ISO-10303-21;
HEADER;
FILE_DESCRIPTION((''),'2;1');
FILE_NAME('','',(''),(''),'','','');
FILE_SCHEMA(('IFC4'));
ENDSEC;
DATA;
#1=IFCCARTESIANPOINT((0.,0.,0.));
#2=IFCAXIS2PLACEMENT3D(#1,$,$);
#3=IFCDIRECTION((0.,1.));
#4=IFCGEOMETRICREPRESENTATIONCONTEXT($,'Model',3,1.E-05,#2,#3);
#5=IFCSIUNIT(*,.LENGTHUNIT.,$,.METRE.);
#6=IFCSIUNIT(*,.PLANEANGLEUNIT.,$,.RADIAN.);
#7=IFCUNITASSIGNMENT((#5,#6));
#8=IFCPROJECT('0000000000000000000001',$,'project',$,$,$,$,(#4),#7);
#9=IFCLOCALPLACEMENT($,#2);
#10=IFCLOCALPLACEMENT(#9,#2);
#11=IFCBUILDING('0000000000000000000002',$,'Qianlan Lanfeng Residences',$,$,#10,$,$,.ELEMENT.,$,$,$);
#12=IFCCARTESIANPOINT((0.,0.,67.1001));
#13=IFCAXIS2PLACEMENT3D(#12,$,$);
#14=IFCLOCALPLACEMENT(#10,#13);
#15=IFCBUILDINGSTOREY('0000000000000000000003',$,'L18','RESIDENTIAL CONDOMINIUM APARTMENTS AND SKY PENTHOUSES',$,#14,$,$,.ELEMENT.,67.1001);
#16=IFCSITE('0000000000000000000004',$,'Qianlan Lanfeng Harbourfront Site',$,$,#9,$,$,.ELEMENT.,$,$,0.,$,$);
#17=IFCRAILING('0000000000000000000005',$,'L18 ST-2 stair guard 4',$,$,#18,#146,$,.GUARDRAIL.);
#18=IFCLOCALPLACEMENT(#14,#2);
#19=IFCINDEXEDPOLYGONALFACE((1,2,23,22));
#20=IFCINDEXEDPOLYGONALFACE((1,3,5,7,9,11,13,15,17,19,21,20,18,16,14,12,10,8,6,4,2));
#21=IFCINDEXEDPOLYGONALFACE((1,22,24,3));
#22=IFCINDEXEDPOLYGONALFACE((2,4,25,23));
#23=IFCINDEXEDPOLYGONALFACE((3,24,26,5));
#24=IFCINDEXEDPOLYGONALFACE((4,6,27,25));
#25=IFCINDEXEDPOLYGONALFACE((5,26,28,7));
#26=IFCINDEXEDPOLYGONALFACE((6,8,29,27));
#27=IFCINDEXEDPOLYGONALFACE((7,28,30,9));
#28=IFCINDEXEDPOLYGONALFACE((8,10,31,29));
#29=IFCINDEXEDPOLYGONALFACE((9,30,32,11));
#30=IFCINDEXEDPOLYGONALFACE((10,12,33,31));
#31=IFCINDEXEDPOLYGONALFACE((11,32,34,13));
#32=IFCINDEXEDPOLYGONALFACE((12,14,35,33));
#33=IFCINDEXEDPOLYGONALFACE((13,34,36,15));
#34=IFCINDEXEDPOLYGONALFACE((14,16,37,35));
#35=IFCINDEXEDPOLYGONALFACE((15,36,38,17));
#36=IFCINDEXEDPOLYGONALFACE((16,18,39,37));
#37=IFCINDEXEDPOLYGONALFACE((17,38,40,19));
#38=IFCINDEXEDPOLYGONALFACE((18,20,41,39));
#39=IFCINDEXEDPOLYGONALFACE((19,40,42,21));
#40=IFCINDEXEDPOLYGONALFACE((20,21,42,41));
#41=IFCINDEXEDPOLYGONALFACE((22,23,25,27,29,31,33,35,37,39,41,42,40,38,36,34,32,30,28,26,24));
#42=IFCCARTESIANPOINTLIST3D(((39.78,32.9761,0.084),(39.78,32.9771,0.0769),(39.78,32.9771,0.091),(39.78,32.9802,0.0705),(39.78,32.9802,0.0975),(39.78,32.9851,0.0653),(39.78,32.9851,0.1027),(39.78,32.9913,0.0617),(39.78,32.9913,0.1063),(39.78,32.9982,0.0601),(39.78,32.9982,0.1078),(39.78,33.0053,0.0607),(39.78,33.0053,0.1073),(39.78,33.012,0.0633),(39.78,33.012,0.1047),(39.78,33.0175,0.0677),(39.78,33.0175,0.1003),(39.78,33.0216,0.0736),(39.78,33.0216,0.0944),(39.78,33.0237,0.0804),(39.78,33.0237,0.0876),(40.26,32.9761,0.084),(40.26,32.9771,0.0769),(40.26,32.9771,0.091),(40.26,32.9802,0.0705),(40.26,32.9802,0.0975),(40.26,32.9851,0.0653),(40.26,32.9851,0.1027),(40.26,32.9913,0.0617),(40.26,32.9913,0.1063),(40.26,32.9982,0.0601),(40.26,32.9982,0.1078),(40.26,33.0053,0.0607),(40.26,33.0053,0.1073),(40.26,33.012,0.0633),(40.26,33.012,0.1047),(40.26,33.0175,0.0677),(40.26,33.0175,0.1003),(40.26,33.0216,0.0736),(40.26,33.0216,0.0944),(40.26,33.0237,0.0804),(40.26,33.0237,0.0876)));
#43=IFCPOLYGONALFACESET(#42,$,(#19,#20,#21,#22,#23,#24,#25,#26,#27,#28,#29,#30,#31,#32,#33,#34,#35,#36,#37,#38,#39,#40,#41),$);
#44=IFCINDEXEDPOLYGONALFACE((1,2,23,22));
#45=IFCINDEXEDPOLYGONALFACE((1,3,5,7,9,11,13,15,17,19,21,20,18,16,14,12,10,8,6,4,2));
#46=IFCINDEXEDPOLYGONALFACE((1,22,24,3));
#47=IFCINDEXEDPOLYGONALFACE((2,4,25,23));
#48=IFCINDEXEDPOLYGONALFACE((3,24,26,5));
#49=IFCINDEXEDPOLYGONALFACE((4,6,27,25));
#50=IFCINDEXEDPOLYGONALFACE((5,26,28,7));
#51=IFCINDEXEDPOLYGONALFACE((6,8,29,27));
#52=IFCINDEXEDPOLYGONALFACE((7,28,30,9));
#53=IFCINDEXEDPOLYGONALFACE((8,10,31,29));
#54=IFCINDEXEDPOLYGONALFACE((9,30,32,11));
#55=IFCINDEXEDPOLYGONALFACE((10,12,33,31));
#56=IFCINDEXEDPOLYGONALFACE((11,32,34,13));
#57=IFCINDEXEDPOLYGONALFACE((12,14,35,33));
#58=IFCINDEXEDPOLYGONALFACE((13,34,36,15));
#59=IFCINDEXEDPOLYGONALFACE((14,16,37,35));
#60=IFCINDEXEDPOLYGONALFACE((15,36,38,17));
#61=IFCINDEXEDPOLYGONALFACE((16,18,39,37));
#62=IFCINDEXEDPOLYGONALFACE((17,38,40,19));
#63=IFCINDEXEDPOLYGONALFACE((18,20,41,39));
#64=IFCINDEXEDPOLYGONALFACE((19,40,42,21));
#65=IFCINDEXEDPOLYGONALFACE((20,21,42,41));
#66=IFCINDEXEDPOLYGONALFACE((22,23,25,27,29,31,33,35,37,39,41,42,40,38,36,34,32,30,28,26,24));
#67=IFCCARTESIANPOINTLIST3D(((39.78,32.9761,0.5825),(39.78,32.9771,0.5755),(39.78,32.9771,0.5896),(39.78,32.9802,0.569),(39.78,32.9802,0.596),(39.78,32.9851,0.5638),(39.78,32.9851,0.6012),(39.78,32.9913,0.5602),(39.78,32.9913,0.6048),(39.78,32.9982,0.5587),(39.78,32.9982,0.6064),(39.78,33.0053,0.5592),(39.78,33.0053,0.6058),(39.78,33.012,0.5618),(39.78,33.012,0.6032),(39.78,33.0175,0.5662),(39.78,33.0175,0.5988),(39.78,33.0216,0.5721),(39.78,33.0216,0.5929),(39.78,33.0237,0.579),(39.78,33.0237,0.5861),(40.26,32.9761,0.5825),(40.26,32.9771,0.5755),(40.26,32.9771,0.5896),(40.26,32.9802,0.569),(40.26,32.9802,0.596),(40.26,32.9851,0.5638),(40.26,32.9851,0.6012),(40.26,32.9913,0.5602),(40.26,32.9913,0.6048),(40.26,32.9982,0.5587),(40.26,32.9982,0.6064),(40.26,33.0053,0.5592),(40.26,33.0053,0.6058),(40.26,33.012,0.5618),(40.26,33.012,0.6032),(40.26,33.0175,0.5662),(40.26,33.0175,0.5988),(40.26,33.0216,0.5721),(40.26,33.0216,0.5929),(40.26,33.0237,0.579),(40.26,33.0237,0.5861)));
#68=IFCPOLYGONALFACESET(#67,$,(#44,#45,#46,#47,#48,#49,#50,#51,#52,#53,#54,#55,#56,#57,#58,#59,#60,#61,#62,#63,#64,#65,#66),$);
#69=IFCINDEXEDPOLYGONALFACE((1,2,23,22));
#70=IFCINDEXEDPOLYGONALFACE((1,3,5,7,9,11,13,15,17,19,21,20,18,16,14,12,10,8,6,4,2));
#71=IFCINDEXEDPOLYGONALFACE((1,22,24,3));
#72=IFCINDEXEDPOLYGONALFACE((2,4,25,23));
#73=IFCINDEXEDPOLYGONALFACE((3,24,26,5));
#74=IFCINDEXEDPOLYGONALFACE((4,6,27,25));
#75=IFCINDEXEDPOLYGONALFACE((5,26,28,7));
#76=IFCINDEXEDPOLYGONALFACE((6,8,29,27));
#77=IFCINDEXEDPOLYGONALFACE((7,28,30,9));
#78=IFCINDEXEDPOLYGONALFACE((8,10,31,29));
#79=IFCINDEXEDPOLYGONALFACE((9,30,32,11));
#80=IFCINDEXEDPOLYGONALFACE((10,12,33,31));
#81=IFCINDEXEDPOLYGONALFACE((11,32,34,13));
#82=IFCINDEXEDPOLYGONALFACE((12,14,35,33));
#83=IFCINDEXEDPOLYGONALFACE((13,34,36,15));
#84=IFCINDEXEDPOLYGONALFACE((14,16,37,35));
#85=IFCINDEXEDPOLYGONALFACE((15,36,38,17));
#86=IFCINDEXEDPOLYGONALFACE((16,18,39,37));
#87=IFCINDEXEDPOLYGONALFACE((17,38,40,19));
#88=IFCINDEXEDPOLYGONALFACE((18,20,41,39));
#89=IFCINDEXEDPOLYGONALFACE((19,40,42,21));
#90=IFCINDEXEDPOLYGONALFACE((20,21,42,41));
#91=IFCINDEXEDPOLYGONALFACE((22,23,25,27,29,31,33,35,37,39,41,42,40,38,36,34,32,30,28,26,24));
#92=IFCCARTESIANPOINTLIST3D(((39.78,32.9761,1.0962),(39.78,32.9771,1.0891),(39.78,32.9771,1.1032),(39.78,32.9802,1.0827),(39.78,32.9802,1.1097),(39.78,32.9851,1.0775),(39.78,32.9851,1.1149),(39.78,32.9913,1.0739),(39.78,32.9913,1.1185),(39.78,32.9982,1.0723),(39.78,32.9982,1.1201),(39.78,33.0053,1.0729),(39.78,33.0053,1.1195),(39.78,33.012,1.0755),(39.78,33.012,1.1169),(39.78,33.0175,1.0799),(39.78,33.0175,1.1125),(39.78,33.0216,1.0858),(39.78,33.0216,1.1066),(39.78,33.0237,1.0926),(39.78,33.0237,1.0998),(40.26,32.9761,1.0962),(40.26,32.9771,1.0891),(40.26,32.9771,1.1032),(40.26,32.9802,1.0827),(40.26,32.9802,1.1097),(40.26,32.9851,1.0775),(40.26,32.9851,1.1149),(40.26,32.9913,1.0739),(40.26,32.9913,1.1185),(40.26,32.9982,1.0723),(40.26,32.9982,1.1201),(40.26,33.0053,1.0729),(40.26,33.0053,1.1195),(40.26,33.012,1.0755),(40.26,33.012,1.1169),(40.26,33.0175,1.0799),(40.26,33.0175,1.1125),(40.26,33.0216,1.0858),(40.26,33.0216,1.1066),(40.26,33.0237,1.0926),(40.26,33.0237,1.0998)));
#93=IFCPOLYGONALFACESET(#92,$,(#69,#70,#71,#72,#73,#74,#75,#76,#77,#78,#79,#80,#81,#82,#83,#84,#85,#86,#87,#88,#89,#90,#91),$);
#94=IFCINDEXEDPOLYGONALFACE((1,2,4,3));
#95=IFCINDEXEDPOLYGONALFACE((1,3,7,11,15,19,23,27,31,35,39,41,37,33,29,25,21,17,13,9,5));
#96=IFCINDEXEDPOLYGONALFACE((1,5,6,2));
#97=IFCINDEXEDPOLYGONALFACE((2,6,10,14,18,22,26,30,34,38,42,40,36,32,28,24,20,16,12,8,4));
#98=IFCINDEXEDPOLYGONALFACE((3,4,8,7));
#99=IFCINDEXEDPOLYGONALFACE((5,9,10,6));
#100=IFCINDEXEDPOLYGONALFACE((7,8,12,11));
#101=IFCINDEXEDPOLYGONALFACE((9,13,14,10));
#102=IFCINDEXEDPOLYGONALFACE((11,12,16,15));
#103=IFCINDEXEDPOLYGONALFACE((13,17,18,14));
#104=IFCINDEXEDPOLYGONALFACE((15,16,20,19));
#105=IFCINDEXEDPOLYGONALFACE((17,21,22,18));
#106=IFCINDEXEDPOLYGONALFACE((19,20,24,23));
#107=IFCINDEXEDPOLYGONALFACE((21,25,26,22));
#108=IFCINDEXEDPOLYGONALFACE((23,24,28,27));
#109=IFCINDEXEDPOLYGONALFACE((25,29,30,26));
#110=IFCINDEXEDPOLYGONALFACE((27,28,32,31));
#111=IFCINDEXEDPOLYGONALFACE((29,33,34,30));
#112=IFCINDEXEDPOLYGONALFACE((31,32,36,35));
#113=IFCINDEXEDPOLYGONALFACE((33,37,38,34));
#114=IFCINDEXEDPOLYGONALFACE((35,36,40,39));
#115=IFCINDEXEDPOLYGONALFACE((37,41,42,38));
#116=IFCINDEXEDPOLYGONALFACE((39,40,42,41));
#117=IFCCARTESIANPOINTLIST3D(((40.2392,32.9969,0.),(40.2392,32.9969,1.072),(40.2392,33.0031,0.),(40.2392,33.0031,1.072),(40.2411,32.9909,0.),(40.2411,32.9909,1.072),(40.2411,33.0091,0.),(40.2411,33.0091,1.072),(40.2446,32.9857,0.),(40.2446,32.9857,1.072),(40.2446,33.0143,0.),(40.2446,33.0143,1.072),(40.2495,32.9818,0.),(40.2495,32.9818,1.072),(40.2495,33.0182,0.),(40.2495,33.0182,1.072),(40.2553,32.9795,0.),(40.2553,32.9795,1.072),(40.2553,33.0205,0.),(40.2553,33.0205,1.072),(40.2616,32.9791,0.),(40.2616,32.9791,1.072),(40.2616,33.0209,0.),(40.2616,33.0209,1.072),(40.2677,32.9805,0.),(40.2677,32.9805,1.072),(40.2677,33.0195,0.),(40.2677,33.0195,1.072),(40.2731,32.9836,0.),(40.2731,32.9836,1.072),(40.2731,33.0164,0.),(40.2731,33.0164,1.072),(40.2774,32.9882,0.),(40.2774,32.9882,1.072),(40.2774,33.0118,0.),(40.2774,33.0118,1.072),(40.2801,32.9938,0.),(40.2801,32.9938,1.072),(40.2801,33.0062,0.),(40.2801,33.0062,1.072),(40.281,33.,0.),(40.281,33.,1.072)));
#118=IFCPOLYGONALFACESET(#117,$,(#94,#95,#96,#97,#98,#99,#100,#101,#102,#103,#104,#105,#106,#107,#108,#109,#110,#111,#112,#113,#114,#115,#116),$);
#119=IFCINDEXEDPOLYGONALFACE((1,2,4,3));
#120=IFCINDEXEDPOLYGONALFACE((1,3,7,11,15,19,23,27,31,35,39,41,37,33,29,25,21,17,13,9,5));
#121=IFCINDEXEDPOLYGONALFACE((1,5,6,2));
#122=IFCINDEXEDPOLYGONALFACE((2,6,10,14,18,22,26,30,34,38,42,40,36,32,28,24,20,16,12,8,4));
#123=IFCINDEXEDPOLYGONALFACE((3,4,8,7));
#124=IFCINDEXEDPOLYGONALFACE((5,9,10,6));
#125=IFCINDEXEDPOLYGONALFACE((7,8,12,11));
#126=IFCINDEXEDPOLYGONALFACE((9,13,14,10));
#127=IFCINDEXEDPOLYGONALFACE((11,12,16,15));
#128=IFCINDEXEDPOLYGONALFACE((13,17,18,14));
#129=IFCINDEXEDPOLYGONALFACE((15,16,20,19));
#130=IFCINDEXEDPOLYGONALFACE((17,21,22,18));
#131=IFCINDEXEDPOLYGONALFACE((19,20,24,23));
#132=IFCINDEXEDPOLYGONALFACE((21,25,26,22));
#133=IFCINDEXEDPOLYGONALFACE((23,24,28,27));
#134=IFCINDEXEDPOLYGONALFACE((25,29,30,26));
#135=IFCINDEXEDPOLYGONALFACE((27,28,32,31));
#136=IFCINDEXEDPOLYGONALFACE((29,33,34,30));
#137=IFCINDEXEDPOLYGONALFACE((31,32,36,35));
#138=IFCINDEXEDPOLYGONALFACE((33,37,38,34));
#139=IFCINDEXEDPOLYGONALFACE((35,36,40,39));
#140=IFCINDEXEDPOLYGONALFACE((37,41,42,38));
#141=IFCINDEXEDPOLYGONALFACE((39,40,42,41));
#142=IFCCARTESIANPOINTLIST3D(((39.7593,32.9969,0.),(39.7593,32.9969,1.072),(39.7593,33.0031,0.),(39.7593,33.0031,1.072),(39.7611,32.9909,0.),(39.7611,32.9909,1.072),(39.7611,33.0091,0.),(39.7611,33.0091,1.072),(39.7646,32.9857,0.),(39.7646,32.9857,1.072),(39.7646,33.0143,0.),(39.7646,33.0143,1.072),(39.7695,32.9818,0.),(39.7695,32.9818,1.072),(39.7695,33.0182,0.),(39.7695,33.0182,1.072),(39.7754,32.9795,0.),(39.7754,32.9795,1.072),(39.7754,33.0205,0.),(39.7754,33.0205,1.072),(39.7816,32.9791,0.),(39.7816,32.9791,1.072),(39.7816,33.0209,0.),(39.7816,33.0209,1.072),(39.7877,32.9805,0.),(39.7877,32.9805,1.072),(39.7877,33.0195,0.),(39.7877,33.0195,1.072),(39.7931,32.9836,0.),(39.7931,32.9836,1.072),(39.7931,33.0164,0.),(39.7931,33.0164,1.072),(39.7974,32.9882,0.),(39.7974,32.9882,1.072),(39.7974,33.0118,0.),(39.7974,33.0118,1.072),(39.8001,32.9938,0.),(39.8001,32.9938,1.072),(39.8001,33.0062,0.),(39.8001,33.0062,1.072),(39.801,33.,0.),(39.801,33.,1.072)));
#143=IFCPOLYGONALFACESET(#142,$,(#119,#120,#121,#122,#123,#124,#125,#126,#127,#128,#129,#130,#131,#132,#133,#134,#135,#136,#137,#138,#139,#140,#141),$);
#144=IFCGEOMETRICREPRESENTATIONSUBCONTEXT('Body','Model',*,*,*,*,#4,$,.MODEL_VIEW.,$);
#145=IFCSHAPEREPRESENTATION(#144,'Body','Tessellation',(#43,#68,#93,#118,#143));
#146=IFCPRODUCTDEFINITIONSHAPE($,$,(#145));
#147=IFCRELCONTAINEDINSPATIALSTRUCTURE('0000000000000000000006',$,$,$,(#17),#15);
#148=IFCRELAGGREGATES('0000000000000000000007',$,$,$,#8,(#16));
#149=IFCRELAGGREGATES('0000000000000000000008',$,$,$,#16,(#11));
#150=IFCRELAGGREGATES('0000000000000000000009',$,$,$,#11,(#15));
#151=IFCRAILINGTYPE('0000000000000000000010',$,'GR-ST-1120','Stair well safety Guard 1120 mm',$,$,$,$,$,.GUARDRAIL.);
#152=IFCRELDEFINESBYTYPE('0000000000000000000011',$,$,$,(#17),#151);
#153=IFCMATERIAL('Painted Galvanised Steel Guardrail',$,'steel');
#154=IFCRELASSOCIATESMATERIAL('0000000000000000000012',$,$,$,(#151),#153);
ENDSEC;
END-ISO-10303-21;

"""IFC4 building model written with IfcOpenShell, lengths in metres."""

from ifc_helpers import new_model, si_unit, direction, frame, origin, origin_2d, place, context, subcontext, project, spatial, circle, extrude, material, type_object, element, save


model = new_model("IFC4")

# Units and contexts
model_context = context("Model", 3, precision=1e-05, world=origin(), true_north=direction((0.0, 1.0)))
body_context = subcontext(model_context, "Body", "Model", "MODEL_VIEW")
ifc_project = project(units=[si_unit("LENGTHUNIT", "METRE"), si_unit("PLANEANGLEUNIT", "RADIAN")], contexts=[model_context])

# Site, building, storey
site_placement = place(None, origin())
site = spatial("IfcSite", under=ifc_project, at=site_placement, Name="Qianlan Lanfeng Harbourfront Site", CompositionType="ELEMENT", RefElevation=0.0)
building_placement = place(site_placement, origin())
building = spatial("IfcBuilding", under=site, at=building_placement, Name="Qianlan Lanfeng Residences", CompositionType="ELEMENT")
storey_placement = place(building_placement, frame((0.0, 0.0, 67.1001)))
storey = spatial("IfcBuildingStorey", under=building, at=storey_placement, Name="L18", Description="RESIDENTIAL CONDOMINIUM APARTMENTS AND SKY PENTHOUSES", CompositionType="ELEMENT", Elevation=67.1001)

# Railing
ifc_material_1 = material(Name="Painted Galvanised Steel Guardrail", Category="steel")
railing_type_1 = type_object("IfcRailingType", Name="GR-ST-1120", Description="Stair well safety Guard 1120 mm", PredefinedType="GUARDRAIL", material=ifc_material_1)
railing_1_placement = place(storey_placement, frame((40.26, 33.0, 0.0)))
element("IfcRailing", 1, at=railing_1_placement, inside=storey, type_object=railing_type_1, Name="L18 ST-2 stair guard 4", PredefinedType="GUARDRAIL", context=body_context, shape_type="SweptSolid", body=[
    extrude(circle(Radius=0.0239, at=origin_2d()), frame((0.0, 0.0, 0.084), z_axis=(-1.0, 0.0, 0.0), x_axis=(0.0, -1.0, 0.0)), (0.0, 0.0, 1.0), 0.48),
    extrude(circle(Radius=0.0239, at=origin_2d()), frame((0.0, 0.0, 0.5825), z_axis=(-1.0, 0.0, 0.0), x_axis=(0.0, -1.0, 0.0)), (0.0, 0.0, 1.0), 0.48),
    extrude(circle(Radius=0.0239, at=origin_2d()), frame((0.0, 0.0, 1.0962), z_axis=(-1.0, 0.0, 0.0), x_axis=(0.0, -1.0, 0.0)), (0.0, 0.0, 1.0), 0.48),
    extrude(circle(Radius=0.021, at=origin_2d()), origin(), (0.0, 0.0, 1.0), 1.072),
    extrude(circle(Radius=0.021, at=origin_2d()), frame((-0.48, 0.0, 0.0)), (0.0, 0.0, 1.0), 1.072),
])

save(model, "model.ifc")
